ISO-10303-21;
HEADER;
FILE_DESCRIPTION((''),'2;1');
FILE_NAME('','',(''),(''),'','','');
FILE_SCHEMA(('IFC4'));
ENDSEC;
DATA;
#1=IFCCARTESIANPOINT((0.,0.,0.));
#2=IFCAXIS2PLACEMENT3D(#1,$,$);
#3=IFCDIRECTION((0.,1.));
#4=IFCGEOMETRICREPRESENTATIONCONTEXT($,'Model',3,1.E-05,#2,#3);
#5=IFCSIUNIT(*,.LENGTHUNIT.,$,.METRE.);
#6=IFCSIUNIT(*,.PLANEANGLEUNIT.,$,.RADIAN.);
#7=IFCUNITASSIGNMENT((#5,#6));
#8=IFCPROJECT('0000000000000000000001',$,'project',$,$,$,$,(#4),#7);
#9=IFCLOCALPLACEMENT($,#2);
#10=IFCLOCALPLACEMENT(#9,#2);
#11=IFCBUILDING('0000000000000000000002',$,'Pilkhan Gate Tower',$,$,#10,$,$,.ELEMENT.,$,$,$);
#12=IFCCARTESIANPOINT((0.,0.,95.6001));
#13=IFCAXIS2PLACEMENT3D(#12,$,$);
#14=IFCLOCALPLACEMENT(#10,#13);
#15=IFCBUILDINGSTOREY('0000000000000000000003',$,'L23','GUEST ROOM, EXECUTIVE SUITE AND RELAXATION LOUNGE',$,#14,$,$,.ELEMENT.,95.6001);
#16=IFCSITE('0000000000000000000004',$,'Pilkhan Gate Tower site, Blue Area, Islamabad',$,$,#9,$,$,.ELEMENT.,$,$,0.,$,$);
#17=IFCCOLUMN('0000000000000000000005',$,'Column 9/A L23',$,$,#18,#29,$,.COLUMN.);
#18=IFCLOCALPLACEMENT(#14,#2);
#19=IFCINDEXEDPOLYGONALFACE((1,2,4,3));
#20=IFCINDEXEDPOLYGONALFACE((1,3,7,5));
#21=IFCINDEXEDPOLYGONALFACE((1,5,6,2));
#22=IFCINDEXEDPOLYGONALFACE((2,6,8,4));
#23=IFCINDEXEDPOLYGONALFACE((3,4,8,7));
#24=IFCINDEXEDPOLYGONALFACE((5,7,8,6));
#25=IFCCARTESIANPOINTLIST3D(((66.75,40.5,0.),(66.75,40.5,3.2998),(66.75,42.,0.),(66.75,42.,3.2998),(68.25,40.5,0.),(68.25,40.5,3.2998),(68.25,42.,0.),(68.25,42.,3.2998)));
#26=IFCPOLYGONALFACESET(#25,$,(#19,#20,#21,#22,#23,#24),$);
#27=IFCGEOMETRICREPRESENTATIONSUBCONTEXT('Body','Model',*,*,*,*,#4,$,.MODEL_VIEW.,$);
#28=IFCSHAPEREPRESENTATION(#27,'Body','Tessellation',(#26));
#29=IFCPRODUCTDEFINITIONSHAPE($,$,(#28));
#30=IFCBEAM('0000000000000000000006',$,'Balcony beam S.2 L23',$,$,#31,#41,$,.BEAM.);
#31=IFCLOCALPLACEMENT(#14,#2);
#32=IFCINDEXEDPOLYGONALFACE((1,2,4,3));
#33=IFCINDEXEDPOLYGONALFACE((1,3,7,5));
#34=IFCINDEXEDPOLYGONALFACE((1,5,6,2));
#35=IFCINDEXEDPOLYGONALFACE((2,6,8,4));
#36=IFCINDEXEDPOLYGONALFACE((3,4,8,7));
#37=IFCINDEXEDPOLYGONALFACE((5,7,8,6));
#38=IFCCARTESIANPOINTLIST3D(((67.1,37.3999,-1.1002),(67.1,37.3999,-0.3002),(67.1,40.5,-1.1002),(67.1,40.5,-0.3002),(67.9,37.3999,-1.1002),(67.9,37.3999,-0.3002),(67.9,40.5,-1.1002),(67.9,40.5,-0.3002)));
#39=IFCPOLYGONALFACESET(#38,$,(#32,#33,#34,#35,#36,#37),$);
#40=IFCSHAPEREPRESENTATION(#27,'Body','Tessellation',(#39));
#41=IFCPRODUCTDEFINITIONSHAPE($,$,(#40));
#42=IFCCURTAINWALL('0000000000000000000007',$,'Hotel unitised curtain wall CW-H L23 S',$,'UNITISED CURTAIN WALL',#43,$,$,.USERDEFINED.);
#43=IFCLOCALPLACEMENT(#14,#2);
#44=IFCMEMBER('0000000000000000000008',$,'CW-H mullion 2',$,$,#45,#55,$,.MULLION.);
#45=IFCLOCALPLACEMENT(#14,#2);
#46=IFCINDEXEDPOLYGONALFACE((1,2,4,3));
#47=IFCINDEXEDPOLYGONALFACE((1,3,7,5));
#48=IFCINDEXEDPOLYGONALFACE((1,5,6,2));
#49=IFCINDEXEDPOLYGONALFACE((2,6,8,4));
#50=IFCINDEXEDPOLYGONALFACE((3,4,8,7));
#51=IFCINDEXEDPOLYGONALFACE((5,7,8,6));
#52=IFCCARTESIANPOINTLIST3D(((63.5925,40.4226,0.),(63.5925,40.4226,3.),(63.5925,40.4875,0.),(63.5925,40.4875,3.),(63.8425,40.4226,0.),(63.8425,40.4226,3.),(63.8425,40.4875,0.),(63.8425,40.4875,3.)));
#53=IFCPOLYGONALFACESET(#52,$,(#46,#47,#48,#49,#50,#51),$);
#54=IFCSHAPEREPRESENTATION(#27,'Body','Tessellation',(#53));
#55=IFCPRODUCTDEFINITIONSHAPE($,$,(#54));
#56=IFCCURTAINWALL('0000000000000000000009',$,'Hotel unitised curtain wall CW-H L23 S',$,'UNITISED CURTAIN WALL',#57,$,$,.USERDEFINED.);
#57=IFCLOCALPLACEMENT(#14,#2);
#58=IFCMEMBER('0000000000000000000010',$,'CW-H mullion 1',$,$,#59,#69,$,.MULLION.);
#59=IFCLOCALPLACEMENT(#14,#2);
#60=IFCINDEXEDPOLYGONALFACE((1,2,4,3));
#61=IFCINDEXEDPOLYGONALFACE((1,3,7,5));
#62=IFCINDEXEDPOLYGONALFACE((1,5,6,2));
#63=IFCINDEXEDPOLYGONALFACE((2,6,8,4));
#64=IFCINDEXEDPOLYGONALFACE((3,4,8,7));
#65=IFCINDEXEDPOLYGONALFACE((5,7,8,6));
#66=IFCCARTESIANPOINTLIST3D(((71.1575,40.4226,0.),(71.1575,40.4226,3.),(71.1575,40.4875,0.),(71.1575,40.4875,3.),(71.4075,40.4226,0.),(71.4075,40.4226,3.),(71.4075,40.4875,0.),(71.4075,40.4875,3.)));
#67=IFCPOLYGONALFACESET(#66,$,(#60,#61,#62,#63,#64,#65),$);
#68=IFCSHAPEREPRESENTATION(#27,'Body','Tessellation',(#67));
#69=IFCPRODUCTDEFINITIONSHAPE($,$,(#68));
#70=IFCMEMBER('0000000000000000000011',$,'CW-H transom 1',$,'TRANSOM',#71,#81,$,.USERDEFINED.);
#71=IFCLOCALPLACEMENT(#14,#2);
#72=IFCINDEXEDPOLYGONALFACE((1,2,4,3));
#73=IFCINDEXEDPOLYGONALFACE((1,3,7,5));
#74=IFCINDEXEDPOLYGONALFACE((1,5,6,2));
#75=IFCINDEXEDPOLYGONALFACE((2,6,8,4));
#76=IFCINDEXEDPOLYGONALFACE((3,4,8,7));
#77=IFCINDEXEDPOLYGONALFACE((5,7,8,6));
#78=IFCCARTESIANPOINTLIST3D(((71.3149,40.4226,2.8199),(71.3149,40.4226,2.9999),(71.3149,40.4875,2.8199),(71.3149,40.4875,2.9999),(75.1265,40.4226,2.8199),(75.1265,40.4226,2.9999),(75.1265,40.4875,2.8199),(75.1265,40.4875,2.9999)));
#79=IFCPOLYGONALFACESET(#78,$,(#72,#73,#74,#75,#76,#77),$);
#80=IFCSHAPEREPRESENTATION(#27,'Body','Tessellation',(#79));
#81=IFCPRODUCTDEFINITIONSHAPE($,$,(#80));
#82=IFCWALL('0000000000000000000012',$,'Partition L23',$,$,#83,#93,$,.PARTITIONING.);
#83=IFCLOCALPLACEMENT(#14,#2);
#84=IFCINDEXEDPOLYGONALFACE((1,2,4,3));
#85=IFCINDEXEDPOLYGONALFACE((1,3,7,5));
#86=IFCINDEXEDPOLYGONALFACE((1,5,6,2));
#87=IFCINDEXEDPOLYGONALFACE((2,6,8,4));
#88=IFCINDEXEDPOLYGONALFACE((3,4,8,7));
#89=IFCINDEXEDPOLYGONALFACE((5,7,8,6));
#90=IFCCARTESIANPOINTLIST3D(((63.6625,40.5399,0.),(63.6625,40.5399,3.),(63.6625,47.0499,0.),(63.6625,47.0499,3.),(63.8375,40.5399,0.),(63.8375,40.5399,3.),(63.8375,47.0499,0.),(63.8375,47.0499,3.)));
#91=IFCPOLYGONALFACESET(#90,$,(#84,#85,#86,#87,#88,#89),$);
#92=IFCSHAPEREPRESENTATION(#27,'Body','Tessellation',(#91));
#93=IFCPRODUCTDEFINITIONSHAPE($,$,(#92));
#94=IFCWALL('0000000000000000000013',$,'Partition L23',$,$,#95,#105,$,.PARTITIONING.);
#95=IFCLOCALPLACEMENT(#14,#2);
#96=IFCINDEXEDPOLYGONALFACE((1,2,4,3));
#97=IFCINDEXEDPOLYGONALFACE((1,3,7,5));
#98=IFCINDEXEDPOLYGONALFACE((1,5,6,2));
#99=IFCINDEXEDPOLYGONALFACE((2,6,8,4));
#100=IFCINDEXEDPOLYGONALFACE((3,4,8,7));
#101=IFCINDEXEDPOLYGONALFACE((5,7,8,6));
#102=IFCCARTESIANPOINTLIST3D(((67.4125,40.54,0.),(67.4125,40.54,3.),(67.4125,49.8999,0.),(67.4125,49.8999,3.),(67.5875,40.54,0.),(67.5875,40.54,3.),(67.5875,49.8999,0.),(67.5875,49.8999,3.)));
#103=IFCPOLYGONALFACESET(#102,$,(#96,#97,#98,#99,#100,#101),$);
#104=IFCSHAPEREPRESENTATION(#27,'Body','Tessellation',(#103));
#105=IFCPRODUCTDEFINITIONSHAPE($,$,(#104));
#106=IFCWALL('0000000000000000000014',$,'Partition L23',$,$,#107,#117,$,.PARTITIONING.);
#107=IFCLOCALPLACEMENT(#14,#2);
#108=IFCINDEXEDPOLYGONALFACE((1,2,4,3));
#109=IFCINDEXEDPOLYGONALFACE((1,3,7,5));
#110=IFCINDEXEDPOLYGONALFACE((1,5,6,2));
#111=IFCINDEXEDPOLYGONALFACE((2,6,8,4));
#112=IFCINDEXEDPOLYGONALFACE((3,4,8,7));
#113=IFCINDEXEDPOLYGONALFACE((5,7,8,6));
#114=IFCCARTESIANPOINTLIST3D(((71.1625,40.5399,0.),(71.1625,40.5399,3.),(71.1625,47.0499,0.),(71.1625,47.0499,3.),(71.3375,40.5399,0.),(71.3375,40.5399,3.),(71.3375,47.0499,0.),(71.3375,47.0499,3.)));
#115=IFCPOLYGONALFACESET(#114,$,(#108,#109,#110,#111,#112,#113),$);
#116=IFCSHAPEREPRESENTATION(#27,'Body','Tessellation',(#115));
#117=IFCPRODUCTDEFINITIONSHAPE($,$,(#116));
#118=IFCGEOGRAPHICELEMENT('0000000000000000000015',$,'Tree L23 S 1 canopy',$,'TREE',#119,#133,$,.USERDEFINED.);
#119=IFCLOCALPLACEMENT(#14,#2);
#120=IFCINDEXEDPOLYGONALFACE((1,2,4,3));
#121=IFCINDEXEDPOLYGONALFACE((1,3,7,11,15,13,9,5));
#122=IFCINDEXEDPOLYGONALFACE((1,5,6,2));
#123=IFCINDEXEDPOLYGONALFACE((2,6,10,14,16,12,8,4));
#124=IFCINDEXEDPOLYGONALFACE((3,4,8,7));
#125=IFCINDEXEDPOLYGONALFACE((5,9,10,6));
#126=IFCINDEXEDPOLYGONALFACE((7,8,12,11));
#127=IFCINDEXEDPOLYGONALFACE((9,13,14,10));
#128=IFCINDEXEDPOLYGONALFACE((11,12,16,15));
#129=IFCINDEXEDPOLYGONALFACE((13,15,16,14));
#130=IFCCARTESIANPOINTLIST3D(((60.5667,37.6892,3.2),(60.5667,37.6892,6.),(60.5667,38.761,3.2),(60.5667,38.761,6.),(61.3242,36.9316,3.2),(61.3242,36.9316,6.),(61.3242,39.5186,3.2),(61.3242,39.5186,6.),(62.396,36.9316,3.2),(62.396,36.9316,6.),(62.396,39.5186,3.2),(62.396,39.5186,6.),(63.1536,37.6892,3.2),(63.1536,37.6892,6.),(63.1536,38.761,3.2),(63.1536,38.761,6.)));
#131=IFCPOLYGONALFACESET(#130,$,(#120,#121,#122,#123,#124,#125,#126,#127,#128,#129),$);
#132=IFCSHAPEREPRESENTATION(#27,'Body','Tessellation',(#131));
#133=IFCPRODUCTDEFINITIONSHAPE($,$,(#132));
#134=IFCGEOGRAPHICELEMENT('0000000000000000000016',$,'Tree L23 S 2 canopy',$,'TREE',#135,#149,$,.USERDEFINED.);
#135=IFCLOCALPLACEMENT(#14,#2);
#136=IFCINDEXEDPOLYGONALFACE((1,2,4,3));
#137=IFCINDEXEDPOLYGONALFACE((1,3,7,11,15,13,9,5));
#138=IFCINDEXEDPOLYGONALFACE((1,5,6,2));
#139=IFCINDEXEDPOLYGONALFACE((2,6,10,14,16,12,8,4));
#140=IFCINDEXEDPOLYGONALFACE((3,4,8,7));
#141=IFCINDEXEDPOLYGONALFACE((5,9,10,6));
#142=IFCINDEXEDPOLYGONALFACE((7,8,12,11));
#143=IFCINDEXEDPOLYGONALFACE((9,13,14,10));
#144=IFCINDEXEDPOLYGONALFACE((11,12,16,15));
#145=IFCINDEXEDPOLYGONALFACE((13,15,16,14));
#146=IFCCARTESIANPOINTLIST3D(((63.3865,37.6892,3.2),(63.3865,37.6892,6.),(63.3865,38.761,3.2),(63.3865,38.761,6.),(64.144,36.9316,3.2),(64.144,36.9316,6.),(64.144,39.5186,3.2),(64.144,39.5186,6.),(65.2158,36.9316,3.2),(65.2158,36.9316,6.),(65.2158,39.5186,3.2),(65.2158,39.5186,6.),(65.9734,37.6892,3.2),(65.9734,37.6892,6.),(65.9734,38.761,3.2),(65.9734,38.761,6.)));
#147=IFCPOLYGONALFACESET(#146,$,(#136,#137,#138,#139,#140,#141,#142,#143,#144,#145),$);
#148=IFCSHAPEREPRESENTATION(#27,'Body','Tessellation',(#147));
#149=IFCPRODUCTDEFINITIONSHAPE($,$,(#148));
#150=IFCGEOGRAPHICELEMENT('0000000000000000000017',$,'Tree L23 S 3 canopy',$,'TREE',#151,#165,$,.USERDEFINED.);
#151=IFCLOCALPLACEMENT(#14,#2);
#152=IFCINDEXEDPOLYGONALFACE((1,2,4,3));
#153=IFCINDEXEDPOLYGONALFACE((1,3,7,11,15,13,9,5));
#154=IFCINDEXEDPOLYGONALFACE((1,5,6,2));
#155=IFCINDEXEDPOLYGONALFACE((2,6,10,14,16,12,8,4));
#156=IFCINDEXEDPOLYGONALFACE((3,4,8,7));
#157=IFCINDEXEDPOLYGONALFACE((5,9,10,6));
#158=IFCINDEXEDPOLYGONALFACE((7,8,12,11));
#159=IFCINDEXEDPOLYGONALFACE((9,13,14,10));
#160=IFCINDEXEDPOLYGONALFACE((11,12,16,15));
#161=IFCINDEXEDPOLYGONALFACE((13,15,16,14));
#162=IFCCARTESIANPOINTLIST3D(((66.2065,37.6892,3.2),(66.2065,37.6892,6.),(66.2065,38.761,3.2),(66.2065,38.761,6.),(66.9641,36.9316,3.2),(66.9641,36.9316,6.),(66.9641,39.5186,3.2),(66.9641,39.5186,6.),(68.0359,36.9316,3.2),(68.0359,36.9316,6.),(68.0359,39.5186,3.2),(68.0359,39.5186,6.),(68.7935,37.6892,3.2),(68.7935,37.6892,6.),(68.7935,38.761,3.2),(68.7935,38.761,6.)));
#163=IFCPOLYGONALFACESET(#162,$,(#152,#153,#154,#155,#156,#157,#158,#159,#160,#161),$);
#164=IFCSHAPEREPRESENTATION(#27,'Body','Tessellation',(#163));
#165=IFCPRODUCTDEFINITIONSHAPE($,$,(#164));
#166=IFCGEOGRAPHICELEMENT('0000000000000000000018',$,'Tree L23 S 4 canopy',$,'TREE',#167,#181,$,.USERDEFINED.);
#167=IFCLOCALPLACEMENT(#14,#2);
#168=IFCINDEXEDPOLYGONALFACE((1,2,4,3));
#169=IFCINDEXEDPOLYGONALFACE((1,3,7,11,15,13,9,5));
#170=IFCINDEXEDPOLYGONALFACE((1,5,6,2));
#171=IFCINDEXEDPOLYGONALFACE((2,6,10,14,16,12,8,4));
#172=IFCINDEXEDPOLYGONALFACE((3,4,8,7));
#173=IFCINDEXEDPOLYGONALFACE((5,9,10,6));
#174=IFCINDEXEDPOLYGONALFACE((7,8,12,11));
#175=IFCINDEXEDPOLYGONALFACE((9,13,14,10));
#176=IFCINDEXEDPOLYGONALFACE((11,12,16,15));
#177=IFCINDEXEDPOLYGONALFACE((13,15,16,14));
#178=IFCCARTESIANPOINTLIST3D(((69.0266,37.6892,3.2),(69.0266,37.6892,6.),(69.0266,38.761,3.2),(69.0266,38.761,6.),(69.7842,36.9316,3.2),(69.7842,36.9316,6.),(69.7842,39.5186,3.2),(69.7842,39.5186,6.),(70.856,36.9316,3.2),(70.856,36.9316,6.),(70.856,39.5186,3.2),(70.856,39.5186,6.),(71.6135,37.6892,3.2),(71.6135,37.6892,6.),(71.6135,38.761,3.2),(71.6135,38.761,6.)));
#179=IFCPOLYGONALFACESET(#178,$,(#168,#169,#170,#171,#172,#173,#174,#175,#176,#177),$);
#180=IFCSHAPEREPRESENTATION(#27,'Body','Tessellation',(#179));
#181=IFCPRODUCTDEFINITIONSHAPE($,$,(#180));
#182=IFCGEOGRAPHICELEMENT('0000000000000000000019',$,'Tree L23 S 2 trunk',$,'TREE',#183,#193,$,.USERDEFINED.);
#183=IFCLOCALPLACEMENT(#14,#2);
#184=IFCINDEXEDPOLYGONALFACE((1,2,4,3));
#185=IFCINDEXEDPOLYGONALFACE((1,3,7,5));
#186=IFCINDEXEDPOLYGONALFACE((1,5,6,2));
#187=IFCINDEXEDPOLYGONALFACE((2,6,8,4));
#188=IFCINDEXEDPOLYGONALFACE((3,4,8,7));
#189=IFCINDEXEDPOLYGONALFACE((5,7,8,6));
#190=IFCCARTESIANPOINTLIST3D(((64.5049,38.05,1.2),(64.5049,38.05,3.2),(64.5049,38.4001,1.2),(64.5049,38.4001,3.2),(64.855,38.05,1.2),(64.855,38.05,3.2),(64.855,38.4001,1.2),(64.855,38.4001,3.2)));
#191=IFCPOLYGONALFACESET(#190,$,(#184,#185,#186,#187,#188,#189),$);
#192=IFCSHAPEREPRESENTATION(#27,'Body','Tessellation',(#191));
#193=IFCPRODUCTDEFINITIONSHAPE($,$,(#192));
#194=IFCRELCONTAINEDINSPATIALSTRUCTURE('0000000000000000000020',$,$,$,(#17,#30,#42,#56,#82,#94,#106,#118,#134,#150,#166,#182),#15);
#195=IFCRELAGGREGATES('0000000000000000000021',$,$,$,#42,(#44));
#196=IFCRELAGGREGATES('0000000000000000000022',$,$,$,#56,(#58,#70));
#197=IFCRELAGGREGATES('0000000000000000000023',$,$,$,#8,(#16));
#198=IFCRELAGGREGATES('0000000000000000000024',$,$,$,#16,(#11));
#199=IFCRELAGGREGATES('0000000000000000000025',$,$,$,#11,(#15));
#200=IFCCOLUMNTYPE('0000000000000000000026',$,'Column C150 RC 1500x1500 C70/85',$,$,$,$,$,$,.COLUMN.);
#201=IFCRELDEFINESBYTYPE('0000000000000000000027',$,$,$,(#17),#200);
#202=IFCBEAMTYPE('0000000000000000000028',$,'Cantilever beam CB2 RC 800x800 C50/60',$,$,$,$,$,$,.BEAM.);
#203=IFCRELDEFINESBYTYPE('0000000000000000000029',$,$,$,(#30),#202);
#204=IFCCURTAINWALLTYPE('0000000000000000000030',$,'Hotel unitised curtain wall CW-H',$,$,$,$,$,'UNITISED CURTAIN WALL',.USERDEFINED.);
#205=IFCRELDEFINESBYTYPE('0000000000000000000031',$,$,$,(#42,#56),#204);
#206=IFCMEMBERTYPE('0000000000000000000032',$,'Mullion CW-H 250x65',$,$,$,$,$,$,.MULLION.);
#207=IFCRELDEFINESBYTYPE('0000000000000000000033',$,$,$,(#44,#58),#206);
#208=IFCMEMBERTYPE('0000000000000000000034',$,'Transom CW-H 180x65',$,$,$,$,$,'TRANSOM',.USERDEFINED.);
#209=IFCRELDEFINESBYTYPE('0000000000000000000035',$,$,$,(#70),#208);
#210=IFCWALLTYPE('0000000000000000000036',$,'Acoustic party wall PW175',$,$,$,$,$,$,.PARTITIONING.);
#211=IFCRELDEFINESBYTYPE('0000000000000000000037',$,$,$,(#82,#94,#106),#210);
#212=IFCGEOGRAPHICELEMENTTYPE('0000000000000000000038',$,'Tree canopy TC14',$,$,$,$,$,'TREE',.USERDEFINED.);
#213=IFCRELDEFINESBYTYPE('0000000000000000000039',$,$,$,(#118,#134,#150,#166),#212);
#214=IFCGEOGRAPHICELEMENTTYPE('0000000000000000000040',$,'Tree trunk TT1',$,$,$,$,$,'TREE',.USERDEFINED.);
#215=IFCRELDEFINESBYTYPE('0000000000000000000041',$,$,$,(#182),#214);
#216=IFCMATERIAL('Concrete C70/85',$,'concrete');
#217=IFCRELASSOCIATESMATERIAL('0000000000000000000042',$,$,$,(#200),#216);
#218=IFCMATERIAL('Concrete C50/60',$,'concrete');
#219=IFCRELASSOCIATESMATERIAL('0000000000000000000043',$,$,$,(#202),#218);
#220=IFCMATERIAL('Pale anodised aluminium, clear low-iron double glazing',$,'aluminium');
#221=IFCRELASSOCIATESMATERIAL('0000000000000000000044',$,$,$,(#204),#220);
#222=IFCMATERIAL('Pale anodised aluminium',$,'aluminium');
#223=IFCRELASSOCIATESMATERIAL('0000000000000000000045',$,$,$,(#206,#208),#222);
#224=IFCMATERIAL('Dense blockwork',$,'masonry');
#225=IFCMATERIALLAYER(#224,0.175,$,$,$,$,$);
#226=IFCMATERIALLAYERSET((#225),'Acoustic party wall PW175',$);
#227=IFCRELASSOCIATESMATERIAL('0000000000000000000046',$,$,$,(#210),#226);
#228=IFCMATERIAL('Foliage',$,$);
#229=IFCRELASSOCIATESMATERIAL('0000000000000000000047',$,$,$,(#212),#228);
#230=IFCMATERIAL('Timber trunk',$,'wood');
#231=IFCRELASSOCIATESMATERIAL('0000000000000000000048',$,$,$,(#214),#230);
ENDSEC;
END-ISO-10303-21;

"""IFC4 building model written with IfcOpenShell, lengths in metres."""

from ifc_helpers import new_model, si_unit, direction, frame, frame_2d, origin, origin_2d, place, context, subcontext, project, spatial, polyline, rectangle, outline, extrude, material, layer, layer_set, material_profile, profile_set, type_object, element, aggregate, save


model = new_model("IFC4")

# Units and contexts
model_context = context("Model", 3, precision=1e-05, world=origin(), true_north=direction((0.0, 1.0)))
body_context = subcontext(model_context, "Body", "Model", "MODEL_VIEW")
ifc_project = project(units=[si_unit("LENGTHUNIT", "METRE"), si_unit("PLANEANGLEUNIT", "RADIAN")], contexts=[model_context])

# Site, building, storey
site_placement = place(None, origin())
site = spatial("IfcSite", under=ifc_project, at=site_placement, Name="Pilkhan Gate Tower site, Blue Area, Islamabad", CompositionType="ELEMENT", RefElevation=0.0)
building_placement = place(site_placement, origin())
building = spatial("IfcBuilding", under=site, at=building_placement, Name="Pilkhan Gate Tower", CompositionType="ELEMENT")
storey_placement = place(building_placement, frame((0.0, 0.0, 95.6001)))
storey = spatial("IfcBuildingStorey", under=building, at=storey_placement, Name="L23", Description="GUEST ROOM, EXECUTIVE SUITE AND RELAXATION LOUNGE", CompositionType="ELEMENT", Elevation=95.6001)

# Column
ifc_material_1 = material(Name="Concrete C70/85", Category="concrete")
ifc_material_profile_1 = material_profile(ifc_material_1, rectangle(XDim=1.5, YDim=1.5, at=origin_2d()), Name="RC 1500x1500")
ifc_profile_set_1 = profile_set([ifc_material_profile_1], Name="Concrete C70/85")
column_type = type_object("IfcColumnType", Name="Column C150 RC 1500x1500 C70/85", PredefinedType="COLUMN", material=ifc_profile_set_1)
column_placement = place(storey_placement, frame((67.5, 41.25, 0.0), z_axis=(0.0, 0.0, 1.0), x_axis=(1.0, 0.0, 0.0)))
element("IfcColumn", 1, at=column_placement, inside=storey, type_object=column_type, Name="Column 9/A L23", PredefinedType="COLUMN", context=body_context, shape_type="SweptSolid", body=[
    extrude(rectangle(XDim=1.5, YDim=1.5, at=origin_2d()), origin(), (0.0, 0.0, 1.0), 3.2998),
])

# Beam
ifc_material_2 = material(Name="Concrete C50/60", Category="concrete")
ifc_material_profile_2 = material_profile(ifc_material_2, rectangle(XDim=0.8, YDim=0.8, at=origin_2d()), Name="RC 800x800")
ifc_profile_set_2 = profile_set([ifc_material_profile_2], Name="Concrete C50/60")
beam_type = type_object("IfcBeamType", Name="Cantilever beam CB2 RC 800x800 C50/60", PredefinedType="BEAM", material=ifc_profile_set_2)
beam_placement = place(storey_placement, frame((67.5, 40.5, -0.7002), z_axis=(0.0, -1.0, 0.0), x_axis=(1.0, 0.0, 0.0)))
element("IfcBeam", 2, at=beam_placement, inside=storey, type_object=beam_type, Name="Balcony beam S.2 L23", PredefinedType="BEAM", context=body_context, shape_type="SweptSolid", body=[
    extrude(rectangle(XDim=0.8, YDim=0.8, at=origin_2d()), origin(), (0.0, 0.0, 1.0), 3.1001),
])

# Curtain wall, member
ifc_material_3 = material(Name="Pale anodised aluminium, clear low-iron double glazing", Category="aluminium")
curtain_wall_type = type_object("IfcCurtainWallType", Name="Hotel unitised curtain wall CW-H", ElementType="UNITISED CURTAIN WALL", PredefinedType="USERDEFINED", material=ifc_material_3)
curtain_wall_1_placement = place(storey_placement, origin())
curtain_wall_1 = element("IfcCurtainWall", 3, at=curtain_wall_1_placement, inside=storey, type_object=curtain_wall_type, Name="Hotel unitised curtain wall CW-H L23 S", ObjectType="UNITISED CURTAIN WALL", PredefinedType="USERDEFINED")
ifc_material_4 = material(Name="Pale anodised aluminium", Category="aluminium")
ifc_material_profile_3 = material_profile(ifc_material_4, rectangle(XDim=0.0649, YDim=0.25, at=origin_2d()), Name="Mullion 250x65")
ifc_profile_set_3 = profile_set([ifc_material_profile_3], Name="Pale anodised aluminium")
member_type_1 = type_object("IfcMemberType", Name="Mullion CW-H 250x65", PredefinedType="MULLION", material=ifc_profile_set_3)
member_1_placement = place(storey_placement, frame((63.7175, 40.4551, 0.0), z_axis=(0.0, 0.0, 1.0), x_axis=(0.0, 1.0, 0.0)))
member_1 = element("IfcMember", 4, at=member_1_placement, type_object=member_type_1, Name="CW-H mullion 2", PredefinedType="MULLION", context=body_context, shape_type="SweptSolid", body=[
    extrude(rectangle(XDim=0.0649, YDim=0.25, at=origin_2d()), origin(), (0.0, 0.0, 1.0), 3.0),
])
aggregate(curtain_wall_1, [member_1])

# Curtain wall, members
curtain_wall_2_placement = place(storey_placement, origin())
curtain_wall_2 = element("IfcCurtainWall", 5, at=curtain_wall_2_placement, inside=storey, type_object=curtain_wall_type, Name="Hotel unitised curtain wall CW-H L23 S", ObjectType="UNITISED CURTAIN WALL", PredefinedType="USERDEFINED")
member_2_placement = place(storey_placement, frame((71.2825, 40.4551, 0.0), z_axis=(0.0, 0.0, 1.0), x_axis=(0.0, 1.0, 0.0)))
member_2 = element("IfcMember", 6, at=member_2_placement, type_object=member_type_1, Name="CW-H mullion 1", PredefinedType="MULLION", context=body_context, shape_type="SweptSolid", body=[
    extrude(rectangle(XDim=0.0649, YDim=0.25, at=origin_2d()), origin(), (0.0, 0.0, 1.0), 3.0),
])
ifc_material_profile_4 = material_profile(ifc_material_4, rectangle(XDim=0.0649, YDim=0.1799, at=origin_2d()), Name="Transom 180x65")
ifc_profile_set_4 = profile_set([ifc_material_profile_4], Name="Pale anodised aluminium")
member_type_2 = type_object("IfcMemberType", Name="Transom CW-H 180x65", ElementType="TRANSOM", PredefinedType="USERDEFINED", material=ifc_profile_set_4)
member_3_placement = place(storey_placement, frame((71.3149, 40.4551, 2.9099), z_axis=(1.0, 0.0, 0.0), x_axis=(0.0, 1.0, 0.0)))
member_3 = element("IfcMember", 7, at=member_3_placement, type_object=member_type_2, Name="CW-H transom 1", ObjectType="TRANSOM", PredefinedType="USERDEFINED", context=body_context, shape_type="SweptSolid", body=[
    extrude(rectangle(XDim=0.0649, YDim=0.1799, at=origin_2d()), origin(), (0.0, 0.0, 1.0), 3.8115),
])
aggregate(curtain_wall_2, [member_2, member_3])

# Walls
ifc_material_5 = material(Name="Dense blockwork", Category="masonry")
ifc_layer_1 = layer(ifc_material_5, 0.175)
ifc_layer_set_1 = layer_set([ifc_layer_1], Name="Acoustic party wall PW175")
wall_type_1 = type_object("IfcWallType", Name="Acoustic party wall PW175", PredefinedType="PARTITIONING", material=ifc_layer_set_1)
wall_1_placement = place(storey_placement, frame((63.75, 40.54, 0.0), z_axis=(0.0, 0.0, 1.0), x_axis=(0.0, 1.0, 0.0)))
element("IfcWall", 8, at=wall_1_placement, inside=storey, type_object=wall_type_1, Name="Partition L23", PredefinedType="PARTITIONING", context=body_context, shape_type="SweptSolid", body=[
    extrude(rectangle(XDim=6.51, YDim=0.175, at=frame_2d((3.2549, 0.0))), origin(), (0.0, 0.0, 1.0), 3.0),
])
wall_2_placement = place(storey_placement, frame((67.5, 40.54, 0.0), z_axis=(0.0, 0.0, 1.0), x_axis=(0.0, 1.0, 0.0)))
element("IfcWall", 9, at=wall_2_placement, inside=storey, type_object=wall_type_1, Name="Partition L23", PredefinedType="PARTITIONING", context=body_context, shape_type="SweptSolid", body=[
    extrude(rectangle(XDim=9.3599, YDim=0.175, at=frame_2d((4.6799, 0.0))), origin(), (0.0, 0.0, 1.0), 3.0),
])
wall_3_placement = place(storey_placement, frame((71.25, 40.54, 0.0), z_axis=(0.0, 0.0, 1.0), x_axis=(0.0, 1.0, 0.0)))
element("IfcWall", 10, at=wall_3_placement, inside=storey, type_object=wall_type_1, Name="Partition L23", PredefinedType="PARTITIONING", context=body_context, shape_type="SweptSolid", body=[
    extrude(rectangle(XDim=6.51, YDim=0.175, at=frame_2d((3.2549, 0.0))), origin(), (0.0, 0.0, 1.0), 3.0),
])

# Geographic elements
ifc_material_6 = material(Name="Foliage")
ifc_material_profile_5 = material_profile(ifc_material_6, outline(polyline([(1.2935, 0.5359), (0.5359, 1.2935), (-0.5359, 1.2935), (-1.2935, 0.5359), (-1.2935, -0.5359), (-0.5359, -1.2935), (0.5359, -1.2935), (1.2935, -0.5359), (1.2935, 0.5359)])), Name="Canopy D2.8")
ifc_profile_set_5 = profile_set([ifc_material_profile_5], Name="Foliage")
geographic_element_type_1 = type_object("IfcGeographicElementType", Name="Tree canopy TC14", ElementType="TREE", PredefinedType="USERDEFINED", material=ifc_profile_set_5)
for number, where, z_axis, x_axis, name in (
    (11, (61.8601, 38.2251, 3.2), (0.0, 0.0, 1.0), (1.0, 0.0, 0.0), "Tree L23 S 1 canopy"),
    (12, (64.6799, 38.2251, 3.2), (0.0, 0.0, 1.0), (1.0, 0.0, 0.0), "Tree L23 S 2 canopy"),
    (13, (67.5, 38.2251, 3.2), (0.0, 0.0, 1.0), (1.0, 0.0, 0.0), "Tree L23 S 3 canopy"),
    (14, (70.3201, 38.2251, 3.2), (0.0, 0.0, 1.0), (1.0, 0.0, 0.0), "Tree L23 S 4 canopy"),
):
    element("IfcGeographicElement", number, at=place(storey_placement, frame(where, z_axis=z_axis, x_axis=x_axis)), inside=storey, type_object=geographic_element_type_1, Name=name, ObjectType="TREE", PredefinedType="USERDEFINED", context=body_context, shape_type="SweptSolid", body=[
        extrude(outline(polyline([(1.2935, 0.5359), (0.5359, 1.2935), (-0.5359, 1.2935), (-1.2935, 0.5359), (-1.2935, -0.5359), (-0.5359, -1.2935), (0.5359, -1.2935), (1.2935, -0.5359), (1.2935, 0.5359)])), origin(), (0.0, 0.0, 1.0), 2.8),
    ])
ifc_material_7 = material(Name="Timber trunk", Category="wood")
geographic_element_type_2 = type_object("IfcGeographicElementType", Name="Tree trunk TT1", ElementType="TREE", PredefinedType="USERDEFINED", material=ifc_material_7)
for number, where, z_axis, x_axis, name in (
    (15, (64.6799, 38.2251, 1.2), (0.0, 0.0, 1.0), (1.0, 0.0, 0.0), "Tree L23 S 2 trunk"),
):
    element("IfcGeographicElement", number, at=place(storey_placement, frame(where, z_axis=z_axis, x_axis=x_axis)), inside=storey, type_object=geographic_element_type_2, Name=name, ObjectType="TREE", PredefinedType="USERDEFINED", context=body_context, shape_type="SweptSolid", body=[
        extrude(rectangle(XDim=0.3501, YDim=0.3501, at=origin_2d()), origin(), (0.0, 0.0, 1.0), 2.0),
    ])

save(model, "model.ifc")
